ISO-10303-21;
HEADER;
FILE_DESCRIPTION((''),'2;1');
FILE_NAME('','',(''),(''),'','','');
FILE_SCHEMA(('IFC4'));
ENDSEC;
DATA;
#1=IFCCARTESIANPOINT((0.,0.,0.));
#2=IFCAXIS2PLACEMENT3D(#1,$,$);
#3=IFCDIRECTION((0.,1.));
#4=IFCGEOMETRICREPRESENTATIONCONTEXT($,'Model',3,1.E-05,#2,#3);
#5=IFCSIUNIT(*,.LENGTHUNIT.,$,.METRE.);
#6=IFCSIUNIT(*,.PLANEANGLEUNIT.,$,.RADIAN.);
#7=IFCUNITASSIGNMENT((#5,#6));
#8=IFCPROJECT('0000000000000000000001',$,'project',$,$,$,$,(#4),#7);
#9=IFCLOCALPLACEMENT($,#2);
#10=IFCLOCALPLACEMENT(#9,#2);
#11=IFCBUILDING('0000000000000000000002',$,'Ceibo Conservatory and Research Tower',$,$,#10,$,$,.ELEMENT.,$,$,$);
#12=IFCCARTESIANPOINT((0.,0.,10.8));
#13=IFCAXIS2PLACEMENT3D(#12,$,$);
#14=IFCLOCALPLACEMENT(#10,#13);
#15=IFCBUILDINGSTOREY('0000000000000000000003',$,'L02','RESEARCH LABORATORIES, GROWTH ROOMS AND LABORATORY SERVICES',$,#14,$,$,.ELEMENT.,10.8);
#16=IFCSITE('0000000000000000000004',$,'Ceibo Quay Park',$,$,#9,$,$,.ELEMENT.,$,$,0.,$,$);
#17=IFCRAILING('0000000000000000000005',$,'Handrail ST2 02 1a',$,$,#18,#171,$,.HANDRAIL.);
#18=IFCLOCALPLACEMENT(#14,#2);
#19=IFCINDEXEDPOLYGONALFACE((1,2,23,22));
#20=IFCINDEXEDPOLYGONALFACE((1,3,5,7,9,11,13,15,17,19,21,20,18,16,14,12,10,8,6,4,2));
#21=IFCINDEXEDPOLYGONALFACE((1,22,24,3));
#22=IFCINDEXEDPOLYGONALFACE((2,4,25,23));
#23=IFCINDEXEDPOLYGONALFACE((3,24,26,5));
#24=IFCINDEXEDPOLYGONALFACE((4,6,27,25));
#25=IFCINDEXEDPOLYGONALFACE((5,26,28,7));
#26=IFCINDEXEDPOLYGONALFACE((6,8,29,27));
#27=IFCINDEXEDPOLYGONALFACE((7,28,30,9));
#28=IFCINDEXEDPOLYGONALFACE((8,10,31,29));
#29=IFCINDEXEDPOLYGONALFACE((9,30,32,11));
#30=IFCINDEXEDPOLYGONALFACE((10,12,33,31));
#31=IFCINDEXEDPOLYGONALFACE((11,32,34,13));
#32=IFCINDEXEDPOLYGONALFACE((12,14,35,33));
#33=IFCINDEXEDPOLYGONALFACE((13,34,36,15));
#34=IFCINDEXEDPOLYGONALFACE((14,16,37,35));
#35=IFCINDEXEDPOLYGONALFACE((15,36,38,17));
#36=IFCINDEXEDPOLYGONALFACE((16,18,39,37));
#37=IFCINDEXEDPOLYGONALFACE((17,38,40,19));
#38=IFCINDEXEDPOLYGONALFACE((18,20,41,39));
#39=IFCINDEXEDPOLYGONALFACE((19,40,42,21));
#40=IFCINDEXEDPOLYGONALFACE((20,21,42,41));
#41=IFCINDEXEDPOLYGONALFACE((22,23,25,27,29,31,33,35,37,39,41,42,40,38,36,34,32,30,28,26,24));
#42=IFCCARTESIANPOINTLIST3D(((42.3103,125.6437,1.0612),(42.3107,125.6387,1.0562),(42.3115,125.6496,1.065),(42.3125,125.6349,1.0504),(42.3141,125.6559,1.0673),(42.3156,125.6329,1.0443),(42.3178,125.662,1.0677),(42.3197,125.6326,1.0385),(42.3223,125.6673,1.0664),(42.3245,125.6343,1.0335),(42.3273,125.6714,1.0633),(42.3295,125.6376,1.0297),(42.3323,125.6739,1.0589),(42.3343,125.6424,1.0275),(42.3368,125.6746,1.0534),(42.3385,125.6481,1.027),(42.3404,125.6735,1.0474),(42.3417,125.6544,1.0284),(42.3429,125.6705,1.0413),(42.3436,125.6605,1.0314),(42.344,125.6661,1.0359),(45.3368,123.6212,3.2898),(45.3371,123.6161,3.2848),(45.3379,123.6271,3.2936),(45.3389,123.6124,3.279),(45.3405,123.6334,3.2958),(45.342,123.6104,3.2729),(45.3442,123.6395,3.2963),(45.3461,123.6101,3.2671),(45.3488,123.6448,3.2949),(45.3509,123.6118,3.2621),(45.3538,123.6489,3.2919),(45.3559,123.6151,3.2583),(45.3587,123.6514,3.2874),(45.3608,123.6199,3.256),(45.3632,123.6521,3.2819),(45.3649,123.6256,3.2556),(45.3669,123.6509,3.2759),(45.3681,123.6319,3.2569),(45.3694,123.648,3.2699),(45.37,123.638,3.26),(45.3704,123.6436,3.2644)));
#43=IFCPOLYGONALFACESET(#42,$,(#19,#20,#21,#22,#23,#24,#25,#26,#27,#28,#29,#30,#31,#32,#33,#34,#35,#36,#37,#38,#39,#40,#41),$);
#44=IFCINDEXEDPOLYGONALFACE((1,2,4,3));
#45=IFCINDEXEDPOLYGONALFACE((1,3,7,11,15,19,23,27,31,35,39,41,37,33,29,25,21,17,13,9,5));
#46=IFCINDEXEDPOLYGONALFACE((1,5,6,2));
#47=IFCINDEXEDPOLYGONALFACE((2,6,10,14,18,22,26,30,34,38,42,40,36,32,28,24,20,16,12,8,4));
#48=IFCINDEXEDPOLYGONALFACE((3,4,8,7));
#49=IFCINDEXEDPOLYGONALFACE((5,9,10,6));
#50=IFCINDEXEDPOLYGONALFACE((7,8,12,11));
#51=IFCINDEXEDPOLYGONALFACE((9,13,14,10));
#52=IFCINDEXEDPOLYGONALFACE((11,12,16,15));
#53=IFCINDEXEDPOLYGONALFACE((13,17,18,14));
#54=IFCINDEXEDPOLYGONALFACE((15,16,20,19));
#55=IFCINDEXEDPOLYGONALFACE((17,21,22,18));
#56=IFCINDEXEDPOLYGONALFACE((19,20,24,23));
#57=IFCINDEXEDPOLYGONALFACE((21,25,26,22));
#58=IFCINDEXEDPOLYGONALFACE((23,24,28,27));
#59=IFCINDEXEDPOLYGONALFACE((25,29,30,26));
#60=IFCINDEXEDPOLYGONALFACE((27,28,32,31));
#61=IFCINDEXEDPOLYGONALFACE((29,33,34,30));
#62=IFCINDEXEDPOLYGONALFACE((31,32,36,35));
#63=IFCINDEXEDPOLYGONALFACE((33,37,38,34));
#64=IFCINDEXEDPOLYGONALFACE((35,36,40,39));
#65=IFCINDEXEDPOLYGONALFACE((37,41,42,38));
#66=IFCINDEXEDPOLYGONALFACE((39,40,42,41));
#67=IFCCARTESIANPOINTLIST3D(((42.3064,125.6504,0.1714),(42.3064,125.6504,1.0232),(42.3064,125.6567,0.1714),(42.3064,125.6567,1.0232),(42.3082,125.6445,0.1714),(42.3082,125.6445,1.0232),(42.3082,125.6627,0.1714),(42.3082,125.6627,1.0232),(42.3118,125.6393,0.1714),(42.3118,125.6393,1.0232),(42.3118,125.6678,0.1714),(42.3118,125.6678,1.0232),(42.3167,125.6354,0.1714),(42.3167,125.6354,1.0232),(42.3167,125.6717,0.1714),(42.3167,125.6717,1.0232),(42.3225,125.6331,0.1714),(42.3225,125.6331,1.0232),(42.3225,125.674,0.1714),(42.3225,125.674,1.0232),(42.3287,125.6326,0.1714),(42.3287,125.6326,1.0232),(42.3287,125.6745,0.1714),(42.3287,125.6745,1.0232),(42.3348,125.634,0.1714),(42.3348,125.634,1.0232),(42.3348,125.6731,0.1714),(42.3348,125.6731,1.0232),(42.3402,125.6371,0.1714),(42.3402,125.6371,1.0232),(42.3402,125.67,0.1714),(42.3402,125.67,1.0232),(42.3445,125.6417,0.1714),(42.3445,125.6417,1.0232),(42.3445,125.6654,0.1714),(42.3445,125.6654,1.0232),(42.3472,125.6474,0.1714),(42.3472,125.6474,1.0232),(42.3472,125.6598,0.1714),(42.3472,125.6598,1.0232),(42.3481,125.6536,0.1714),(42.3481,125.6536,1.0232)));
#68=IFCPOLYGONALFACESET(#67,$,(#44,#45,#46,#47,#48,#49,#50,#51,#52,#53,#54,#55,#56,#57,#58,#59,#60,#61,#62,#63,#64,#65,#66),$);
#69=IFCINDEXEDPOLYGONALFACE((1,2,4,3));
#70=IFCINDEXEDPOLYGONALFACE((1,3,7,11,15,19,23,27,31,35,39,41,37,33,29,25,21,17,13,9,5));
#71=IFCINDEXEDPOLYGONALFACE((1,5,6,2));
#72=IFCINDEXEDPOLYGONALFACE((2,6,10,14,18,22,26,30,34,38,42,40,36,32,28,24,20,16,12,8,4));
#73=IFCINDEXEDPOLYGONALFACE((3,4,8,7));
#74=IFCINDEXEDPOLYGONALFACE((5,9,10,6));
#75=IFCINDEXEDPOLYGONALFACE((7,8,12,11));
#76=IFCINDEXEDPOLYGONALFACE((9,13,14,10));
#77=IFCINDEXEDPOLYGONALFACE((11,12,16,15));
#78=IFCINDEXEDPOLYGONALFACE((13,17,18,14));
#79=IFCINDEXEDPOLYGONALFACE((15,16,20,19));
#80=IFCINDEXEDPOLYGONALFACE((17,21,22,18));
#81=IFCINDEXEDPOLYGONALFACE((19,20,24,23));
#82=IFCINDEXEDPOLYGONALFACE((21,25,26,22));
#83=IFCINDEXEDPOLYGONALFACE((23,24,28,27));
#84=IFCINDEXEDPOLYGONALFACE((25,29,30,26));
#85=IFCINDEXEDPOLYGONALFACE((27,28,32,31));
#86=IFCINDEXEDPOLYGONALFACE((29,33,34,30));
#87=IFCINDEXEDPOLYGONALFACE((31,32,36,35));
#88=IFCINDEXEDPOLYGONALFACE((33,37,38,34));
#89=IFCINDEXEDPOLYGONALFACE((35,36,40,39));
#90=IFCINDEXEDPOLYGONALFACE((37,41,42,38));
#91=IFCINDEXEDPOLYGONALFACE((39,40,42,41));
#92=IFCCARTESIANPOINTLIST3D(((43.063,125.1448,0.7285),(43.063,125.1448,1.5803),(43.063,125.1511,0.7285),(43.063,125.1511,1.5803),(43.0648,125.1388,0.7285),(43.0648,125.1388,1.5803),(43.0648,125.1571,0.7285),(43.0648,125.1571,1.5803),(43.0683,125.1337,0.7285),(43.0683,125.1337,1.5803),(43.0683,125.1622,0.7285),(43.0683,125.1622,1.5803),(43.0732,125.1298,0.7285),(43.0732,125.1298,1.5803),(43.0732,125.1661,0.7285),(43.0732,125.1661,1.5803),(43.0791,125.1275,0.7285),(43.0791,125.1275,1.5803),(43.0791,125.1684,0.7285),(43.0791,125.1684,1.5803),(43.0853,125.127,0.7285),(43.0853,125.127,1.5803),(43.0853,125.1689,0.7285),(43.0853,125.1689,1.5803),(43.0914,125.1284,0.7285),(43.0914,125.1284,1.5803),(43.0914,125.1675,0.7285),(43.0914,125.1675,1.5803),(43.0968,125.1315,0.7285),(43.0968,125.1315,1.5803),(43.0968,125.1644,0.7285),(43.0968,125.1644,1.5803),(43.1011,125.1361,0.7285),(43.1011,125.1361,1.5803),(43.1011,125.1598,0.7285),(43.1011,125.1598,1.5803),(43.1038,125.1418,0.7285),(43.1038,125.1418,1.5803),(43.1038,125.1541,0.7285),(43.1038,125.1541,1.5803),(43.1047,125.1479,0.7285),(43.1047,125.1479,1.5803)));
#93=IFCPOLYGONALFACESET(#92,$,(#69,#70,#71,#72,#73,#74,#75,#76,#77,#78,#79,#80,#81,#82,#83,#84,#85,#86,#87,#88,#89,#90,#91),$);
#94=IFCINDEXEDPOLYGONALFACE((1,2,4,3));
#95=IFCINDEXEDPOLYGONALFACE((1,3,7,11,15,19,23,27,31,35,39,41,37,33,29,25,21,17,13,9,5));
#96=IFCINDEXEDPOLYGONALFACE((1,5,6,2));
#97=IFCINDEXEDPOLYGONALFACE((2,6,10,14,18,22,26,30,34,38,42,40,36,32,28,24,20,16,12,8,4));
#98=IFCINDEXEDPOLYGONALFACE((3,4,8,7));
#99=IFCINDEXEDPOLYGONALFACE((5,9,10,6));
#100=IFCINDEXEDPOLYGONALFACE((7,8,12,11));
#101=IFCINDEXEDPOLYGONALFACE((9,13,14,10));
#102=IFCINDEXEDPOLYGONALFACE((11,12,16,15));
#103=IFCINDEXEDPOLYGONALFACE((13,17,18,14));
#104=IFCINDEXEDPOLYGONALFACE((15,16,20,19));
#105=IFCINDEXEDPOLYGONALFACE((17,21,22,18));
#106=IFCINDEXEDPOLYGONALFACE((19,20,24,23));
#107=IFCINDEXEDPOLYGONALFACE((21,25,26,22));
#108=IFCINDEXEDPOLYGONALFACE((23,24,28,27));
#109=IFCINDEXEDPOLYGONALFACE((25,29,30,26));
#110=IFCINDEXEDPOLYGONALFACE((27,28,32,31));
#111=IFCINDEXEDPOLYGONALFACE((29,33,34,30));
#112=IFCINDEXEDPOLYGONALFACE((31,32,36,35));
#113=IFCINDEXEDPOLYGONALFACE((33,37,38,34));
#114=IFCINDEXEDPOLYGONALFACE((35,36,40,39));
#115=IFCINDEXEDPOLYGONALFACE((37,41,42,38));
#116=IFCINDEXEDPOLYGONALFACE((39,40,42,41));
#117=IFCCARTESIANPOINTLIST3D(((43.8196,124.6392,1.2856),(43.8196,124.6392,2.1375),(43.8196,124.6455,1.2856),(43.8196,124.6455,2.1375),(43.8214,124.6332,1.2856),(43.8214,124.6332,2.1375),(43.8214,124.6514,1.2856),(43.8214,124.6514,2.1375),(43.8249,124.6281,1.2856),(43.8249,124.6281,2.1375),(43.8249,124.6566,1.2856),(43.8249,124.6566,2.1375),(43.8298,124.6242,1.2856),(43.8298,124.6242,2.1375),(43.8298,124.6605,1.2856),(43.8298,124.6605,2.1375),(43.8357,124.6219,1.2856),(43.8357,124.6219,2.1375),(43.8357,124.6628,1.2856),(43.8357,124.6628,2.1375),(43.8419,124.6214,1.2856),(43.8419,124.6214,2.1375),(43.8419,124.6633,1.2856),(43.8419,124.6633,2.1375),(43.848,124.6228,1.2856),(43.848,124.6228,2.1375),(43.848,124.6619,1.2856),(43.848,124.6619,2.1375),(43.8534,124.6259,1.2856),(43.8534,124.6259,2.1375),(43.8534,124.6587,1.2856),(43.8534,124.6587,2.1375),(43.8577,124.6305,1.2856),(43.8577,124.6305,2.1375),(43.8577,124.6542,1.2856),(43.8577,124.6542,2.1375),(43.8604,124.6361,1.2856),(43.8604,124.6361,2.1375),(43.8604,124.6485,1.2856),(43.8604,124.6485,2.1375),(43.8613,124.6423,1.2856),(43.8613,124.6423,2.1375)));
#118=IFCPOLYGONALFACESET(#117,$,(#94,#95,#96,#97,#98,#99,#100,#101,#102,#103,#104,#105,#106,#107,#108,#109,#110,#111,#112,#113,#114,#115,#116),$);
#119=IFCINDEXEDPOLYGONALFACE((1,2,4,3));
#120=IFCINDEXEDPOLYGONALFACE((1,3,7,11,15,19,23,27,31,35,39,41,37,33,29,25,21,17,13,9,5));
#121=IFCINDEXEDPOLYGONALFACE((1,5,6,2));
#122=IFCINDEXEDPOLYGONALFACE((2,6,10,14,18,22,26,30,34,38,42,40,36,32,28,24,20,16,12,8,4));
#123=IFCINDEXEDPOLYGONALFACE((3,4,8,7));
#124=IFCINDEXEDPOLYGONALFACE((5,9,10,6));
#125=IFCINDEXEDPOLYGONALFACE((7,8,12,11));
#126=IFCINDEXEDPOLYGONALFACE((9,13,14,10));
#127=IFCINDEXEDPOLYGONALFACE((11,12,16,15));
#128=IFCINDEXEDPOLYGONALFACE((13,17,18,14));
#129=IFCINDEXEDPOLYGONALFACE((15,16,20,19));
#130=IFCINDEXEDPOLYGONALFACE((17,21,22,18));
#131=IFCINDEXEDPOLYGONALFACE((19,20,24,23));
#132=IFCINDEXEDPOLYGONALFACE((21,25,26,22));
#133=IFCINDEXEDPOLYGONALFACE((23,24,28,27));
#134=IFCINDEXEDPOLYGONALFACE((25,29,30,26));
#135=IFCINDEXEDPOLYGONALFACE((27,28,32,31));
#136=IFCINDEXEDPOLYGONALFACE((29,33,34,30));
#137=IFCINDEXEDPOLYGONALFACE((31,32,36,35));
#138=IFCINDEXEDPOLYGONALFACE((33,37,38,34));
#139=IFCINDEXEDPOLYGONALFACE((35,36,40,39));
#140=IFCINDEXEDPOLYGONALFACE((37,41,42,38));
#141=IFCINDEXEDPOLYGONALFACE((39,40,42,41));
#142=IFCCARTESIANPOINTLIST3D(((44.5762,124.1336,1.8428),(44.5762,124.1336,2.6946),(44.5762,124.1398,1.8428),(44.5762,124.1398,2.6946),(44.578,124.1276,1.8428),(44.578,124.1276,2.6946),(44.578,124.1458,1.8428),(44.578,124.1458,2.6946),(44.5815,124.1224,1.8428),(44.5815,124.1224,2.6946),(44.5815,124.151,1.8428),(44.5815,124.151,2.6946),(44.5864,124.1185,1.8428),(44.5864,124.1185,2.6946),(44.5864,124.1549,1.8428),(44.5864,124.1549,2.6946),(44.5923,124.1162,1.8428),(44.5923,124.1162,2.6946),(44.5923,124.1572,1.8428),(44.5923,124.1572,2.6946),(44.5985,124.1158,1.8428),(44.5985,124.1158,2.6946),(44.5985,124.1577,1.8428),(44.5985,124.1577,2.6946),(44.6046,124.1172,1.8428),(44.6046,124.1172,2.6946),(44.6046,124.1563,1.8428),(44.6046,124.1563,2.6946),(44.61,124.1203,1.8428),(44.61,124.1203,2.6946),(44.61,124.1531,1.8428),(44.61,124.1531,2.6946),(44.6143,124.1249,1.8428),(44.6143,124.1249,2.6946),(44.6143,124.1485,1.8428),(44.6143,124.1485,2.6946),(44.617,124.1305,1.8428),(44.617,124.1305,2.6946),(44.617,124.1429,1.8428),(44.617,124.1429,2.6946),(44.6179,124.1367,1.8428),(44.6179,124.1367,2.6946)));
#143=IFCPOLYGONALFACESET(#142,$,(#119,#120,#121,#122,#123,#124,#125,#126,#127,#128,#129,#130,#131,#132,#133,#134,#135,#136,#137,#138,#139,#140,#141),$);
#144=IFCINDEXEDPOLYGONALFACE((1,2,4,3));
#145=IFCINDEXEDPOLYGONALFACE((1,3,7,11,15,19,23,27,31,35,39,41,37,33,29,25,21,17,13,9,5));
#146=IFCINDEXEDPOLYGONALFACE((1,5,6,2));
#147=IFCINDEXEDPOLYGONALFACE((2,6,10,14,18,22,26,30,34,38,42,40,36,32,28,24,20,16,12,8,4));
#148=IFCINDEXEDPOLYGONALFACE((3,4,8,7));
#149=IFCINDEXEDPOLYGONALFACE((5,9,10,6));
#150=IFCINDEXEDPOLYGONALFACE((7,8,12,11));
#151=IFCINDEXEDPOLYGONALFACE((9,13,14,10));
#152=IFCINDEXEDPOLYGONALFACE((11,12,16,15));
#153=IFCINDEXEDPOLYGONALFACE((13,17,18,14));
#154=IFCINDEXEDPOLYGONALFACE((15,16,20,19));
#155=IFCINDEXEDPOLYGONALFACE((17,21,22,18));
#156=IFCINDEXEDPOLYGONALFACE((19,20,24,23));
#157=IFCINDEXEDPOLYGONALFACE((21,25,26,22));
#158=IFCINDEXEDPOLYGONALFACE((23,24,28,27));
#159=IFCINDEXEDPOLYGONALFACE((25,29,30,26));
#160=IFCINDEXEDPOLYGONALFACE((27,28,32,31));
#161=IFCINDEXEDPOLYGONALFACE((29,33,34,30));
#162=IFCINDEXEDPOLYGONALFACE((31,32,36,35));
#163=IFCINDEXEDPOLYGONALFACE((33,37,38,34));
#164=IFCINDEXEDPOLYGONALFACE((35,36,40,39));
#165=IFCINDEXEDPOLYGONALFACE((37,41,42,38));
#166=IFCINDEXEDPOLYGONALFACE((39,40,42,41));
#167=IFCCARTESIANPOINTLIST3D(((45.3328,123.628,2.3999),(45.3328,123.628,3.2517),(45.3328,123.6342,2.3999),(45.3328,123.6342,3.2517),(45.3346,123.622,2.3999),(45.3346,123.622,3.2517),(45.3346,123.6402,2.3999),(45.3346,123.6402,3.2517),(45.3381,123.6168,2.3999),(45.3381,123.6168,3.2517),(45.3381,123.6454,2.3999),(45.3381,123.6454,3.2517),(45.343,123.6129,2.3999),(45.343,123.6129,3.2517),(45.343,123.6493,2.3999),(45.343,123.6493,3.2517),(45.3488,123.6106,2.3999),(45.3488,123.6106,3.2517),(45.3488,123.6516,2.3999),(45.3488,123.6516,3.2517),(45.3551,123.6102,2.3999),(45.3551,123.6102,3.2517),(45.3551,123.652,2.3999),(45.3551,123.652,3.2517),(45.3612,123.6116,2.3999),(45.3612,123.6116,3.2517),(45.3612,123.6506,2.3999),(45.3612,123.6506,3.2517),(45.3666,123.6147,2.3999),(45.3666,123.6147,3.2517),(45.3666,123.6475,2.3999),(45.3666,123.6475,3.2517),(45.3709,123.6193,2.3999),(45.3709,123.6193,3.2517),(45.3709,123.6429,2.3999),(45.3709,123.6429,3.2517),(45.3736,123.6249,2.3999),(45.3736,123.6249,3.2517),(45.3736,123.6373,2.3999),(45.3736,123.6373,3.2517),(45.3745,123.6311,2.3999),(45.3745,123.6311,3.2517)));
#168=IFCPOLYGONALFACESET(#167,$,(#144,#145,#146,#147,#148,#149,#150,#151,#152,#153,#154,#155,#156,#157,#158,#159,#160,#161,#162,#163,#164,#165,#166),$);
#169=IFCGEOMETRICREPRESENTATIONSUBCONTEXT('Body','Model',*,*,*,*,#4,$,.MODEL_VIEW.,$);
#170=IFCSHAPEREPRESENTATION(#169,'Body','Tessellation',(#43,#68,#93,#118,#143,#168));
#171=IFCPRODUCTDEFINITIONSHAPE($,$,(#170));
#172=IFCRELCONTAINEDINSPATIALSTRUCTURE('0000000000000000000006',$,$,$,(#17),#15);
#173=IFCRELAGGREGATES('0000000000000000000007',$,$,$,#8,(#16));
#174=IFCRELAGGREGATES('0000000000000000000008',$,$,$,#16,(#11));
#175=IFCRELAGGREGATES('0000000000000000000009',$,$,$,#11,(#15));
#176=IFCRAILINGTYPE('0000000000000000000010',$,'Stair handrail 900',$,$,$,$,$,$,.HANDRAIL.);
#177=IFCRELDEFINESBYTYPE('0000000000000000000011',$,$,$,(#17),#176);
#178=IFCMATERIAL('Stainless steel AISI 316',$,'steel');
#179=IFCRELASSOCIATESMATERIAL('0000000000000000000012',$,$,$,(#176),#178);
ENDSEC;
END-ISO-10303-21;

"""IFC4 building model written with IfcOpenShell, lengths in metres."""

from ifc_helpers import new_model, si_unit, direction, frame, origin, origin_2d, place, context, subcontext, project, spatial, circle, extrude, material, type_object, element, save


model = new_model("IFC4")

# Units and contexts
model_context = context("Model", 3, precision=1e-05, world=origin(), true_north=direction((0.0, 1.0)))
body_context = subcontext(model_context, "Body", "Model", "MODEL_VIEW")
ifc_project = project(units=[si_unit("LENGTHUNIT", "METRE"), si_unit("PLANEANGLEUNIT", "RADIAN")], contexts=[model_context])

# Site, building, storey
site_placement = place(None, origin())
site = spatial("IfcSite", under=ifc_project, at=site_placement, Name="Ceibo Quay Park", CompositionType="ELEMENT", RefElevation=0.0)
building_placement = place(site_placement, origin())
building = spatial("IfcBuilding", under=site, at=building_placement, Name="Ceibo Conservatory and Research Tower", CompositionType="ELEMENT")
storey_placement = place(building_placement, frame((0.0, 0.0, 10.8)))
storey = spatial("IfcBuildingStorey", under=building, at=storey_placement, Name="L02", Description="RESEARCH LABORATORIES, GROWTH ROOMS AND LABORATORY SERVICES", CompositionType="ELEMENT", Elevation=10.8)

# Shared definitions
ifc_material_1 = material(Name="Stainless steel AISI 316", Category="steel")

# Railing
railing_type = type_object("IfcRailingType", Name="Stair handrail 900", PredefinedType="HANDRAIL", material=ifc_material_1)
railing_1_placement = place(storey_placement, frame((42.3271, 125.6536, 0.1714)))
element("IfcRailing", 1, at=railing_1_placement, inside=storey, type_object=railing_type, Name="Handrail ST2 02 1a", PredefinedType="HANDRAIL", context=body_context, shape_type="SweptSolid", body=[
    extrude(circle(Radius=0.0239, at=origin_2d()), frame((0.0, 0.0, 0.876), z_axis=(0.709089, -0.47387, 0.522149), x_axis=(0.555629, 0.831431, 0.0)), (0.0, 0.0, 1.0), 4.2681),
    extrude(circle(Radius=0.021, at=origin_2d()), origin(), (0.0, 0.0, 1.0), 0.8518),
    extrude(circle(Radius=0.021, at=origin_2d()), frame((0.7566, -0.5056, 0.5571)), (0.0, 0.0, 1.0), 0.8518),
    extrude(circle(Radius=0.021, at=origin_2d()), frame((1.5132, -1.0112, 1.1143)), (0.0, 0.0, 1.0), 0.8518),
    extrude(circle(Radius=0.021, at=origin_2d()), frame((2.2698, -1.5168, 1.6714)), (0.0, 0.0, 1.0), 0.8518),
    extrude(circle(Radius=0.021, at=origin_2d()), frame((3.0264, -2.0225, 2.2285)), (0.0, 0.0, 1.0), 0.8518),
])

save(model, "model.ifc")
